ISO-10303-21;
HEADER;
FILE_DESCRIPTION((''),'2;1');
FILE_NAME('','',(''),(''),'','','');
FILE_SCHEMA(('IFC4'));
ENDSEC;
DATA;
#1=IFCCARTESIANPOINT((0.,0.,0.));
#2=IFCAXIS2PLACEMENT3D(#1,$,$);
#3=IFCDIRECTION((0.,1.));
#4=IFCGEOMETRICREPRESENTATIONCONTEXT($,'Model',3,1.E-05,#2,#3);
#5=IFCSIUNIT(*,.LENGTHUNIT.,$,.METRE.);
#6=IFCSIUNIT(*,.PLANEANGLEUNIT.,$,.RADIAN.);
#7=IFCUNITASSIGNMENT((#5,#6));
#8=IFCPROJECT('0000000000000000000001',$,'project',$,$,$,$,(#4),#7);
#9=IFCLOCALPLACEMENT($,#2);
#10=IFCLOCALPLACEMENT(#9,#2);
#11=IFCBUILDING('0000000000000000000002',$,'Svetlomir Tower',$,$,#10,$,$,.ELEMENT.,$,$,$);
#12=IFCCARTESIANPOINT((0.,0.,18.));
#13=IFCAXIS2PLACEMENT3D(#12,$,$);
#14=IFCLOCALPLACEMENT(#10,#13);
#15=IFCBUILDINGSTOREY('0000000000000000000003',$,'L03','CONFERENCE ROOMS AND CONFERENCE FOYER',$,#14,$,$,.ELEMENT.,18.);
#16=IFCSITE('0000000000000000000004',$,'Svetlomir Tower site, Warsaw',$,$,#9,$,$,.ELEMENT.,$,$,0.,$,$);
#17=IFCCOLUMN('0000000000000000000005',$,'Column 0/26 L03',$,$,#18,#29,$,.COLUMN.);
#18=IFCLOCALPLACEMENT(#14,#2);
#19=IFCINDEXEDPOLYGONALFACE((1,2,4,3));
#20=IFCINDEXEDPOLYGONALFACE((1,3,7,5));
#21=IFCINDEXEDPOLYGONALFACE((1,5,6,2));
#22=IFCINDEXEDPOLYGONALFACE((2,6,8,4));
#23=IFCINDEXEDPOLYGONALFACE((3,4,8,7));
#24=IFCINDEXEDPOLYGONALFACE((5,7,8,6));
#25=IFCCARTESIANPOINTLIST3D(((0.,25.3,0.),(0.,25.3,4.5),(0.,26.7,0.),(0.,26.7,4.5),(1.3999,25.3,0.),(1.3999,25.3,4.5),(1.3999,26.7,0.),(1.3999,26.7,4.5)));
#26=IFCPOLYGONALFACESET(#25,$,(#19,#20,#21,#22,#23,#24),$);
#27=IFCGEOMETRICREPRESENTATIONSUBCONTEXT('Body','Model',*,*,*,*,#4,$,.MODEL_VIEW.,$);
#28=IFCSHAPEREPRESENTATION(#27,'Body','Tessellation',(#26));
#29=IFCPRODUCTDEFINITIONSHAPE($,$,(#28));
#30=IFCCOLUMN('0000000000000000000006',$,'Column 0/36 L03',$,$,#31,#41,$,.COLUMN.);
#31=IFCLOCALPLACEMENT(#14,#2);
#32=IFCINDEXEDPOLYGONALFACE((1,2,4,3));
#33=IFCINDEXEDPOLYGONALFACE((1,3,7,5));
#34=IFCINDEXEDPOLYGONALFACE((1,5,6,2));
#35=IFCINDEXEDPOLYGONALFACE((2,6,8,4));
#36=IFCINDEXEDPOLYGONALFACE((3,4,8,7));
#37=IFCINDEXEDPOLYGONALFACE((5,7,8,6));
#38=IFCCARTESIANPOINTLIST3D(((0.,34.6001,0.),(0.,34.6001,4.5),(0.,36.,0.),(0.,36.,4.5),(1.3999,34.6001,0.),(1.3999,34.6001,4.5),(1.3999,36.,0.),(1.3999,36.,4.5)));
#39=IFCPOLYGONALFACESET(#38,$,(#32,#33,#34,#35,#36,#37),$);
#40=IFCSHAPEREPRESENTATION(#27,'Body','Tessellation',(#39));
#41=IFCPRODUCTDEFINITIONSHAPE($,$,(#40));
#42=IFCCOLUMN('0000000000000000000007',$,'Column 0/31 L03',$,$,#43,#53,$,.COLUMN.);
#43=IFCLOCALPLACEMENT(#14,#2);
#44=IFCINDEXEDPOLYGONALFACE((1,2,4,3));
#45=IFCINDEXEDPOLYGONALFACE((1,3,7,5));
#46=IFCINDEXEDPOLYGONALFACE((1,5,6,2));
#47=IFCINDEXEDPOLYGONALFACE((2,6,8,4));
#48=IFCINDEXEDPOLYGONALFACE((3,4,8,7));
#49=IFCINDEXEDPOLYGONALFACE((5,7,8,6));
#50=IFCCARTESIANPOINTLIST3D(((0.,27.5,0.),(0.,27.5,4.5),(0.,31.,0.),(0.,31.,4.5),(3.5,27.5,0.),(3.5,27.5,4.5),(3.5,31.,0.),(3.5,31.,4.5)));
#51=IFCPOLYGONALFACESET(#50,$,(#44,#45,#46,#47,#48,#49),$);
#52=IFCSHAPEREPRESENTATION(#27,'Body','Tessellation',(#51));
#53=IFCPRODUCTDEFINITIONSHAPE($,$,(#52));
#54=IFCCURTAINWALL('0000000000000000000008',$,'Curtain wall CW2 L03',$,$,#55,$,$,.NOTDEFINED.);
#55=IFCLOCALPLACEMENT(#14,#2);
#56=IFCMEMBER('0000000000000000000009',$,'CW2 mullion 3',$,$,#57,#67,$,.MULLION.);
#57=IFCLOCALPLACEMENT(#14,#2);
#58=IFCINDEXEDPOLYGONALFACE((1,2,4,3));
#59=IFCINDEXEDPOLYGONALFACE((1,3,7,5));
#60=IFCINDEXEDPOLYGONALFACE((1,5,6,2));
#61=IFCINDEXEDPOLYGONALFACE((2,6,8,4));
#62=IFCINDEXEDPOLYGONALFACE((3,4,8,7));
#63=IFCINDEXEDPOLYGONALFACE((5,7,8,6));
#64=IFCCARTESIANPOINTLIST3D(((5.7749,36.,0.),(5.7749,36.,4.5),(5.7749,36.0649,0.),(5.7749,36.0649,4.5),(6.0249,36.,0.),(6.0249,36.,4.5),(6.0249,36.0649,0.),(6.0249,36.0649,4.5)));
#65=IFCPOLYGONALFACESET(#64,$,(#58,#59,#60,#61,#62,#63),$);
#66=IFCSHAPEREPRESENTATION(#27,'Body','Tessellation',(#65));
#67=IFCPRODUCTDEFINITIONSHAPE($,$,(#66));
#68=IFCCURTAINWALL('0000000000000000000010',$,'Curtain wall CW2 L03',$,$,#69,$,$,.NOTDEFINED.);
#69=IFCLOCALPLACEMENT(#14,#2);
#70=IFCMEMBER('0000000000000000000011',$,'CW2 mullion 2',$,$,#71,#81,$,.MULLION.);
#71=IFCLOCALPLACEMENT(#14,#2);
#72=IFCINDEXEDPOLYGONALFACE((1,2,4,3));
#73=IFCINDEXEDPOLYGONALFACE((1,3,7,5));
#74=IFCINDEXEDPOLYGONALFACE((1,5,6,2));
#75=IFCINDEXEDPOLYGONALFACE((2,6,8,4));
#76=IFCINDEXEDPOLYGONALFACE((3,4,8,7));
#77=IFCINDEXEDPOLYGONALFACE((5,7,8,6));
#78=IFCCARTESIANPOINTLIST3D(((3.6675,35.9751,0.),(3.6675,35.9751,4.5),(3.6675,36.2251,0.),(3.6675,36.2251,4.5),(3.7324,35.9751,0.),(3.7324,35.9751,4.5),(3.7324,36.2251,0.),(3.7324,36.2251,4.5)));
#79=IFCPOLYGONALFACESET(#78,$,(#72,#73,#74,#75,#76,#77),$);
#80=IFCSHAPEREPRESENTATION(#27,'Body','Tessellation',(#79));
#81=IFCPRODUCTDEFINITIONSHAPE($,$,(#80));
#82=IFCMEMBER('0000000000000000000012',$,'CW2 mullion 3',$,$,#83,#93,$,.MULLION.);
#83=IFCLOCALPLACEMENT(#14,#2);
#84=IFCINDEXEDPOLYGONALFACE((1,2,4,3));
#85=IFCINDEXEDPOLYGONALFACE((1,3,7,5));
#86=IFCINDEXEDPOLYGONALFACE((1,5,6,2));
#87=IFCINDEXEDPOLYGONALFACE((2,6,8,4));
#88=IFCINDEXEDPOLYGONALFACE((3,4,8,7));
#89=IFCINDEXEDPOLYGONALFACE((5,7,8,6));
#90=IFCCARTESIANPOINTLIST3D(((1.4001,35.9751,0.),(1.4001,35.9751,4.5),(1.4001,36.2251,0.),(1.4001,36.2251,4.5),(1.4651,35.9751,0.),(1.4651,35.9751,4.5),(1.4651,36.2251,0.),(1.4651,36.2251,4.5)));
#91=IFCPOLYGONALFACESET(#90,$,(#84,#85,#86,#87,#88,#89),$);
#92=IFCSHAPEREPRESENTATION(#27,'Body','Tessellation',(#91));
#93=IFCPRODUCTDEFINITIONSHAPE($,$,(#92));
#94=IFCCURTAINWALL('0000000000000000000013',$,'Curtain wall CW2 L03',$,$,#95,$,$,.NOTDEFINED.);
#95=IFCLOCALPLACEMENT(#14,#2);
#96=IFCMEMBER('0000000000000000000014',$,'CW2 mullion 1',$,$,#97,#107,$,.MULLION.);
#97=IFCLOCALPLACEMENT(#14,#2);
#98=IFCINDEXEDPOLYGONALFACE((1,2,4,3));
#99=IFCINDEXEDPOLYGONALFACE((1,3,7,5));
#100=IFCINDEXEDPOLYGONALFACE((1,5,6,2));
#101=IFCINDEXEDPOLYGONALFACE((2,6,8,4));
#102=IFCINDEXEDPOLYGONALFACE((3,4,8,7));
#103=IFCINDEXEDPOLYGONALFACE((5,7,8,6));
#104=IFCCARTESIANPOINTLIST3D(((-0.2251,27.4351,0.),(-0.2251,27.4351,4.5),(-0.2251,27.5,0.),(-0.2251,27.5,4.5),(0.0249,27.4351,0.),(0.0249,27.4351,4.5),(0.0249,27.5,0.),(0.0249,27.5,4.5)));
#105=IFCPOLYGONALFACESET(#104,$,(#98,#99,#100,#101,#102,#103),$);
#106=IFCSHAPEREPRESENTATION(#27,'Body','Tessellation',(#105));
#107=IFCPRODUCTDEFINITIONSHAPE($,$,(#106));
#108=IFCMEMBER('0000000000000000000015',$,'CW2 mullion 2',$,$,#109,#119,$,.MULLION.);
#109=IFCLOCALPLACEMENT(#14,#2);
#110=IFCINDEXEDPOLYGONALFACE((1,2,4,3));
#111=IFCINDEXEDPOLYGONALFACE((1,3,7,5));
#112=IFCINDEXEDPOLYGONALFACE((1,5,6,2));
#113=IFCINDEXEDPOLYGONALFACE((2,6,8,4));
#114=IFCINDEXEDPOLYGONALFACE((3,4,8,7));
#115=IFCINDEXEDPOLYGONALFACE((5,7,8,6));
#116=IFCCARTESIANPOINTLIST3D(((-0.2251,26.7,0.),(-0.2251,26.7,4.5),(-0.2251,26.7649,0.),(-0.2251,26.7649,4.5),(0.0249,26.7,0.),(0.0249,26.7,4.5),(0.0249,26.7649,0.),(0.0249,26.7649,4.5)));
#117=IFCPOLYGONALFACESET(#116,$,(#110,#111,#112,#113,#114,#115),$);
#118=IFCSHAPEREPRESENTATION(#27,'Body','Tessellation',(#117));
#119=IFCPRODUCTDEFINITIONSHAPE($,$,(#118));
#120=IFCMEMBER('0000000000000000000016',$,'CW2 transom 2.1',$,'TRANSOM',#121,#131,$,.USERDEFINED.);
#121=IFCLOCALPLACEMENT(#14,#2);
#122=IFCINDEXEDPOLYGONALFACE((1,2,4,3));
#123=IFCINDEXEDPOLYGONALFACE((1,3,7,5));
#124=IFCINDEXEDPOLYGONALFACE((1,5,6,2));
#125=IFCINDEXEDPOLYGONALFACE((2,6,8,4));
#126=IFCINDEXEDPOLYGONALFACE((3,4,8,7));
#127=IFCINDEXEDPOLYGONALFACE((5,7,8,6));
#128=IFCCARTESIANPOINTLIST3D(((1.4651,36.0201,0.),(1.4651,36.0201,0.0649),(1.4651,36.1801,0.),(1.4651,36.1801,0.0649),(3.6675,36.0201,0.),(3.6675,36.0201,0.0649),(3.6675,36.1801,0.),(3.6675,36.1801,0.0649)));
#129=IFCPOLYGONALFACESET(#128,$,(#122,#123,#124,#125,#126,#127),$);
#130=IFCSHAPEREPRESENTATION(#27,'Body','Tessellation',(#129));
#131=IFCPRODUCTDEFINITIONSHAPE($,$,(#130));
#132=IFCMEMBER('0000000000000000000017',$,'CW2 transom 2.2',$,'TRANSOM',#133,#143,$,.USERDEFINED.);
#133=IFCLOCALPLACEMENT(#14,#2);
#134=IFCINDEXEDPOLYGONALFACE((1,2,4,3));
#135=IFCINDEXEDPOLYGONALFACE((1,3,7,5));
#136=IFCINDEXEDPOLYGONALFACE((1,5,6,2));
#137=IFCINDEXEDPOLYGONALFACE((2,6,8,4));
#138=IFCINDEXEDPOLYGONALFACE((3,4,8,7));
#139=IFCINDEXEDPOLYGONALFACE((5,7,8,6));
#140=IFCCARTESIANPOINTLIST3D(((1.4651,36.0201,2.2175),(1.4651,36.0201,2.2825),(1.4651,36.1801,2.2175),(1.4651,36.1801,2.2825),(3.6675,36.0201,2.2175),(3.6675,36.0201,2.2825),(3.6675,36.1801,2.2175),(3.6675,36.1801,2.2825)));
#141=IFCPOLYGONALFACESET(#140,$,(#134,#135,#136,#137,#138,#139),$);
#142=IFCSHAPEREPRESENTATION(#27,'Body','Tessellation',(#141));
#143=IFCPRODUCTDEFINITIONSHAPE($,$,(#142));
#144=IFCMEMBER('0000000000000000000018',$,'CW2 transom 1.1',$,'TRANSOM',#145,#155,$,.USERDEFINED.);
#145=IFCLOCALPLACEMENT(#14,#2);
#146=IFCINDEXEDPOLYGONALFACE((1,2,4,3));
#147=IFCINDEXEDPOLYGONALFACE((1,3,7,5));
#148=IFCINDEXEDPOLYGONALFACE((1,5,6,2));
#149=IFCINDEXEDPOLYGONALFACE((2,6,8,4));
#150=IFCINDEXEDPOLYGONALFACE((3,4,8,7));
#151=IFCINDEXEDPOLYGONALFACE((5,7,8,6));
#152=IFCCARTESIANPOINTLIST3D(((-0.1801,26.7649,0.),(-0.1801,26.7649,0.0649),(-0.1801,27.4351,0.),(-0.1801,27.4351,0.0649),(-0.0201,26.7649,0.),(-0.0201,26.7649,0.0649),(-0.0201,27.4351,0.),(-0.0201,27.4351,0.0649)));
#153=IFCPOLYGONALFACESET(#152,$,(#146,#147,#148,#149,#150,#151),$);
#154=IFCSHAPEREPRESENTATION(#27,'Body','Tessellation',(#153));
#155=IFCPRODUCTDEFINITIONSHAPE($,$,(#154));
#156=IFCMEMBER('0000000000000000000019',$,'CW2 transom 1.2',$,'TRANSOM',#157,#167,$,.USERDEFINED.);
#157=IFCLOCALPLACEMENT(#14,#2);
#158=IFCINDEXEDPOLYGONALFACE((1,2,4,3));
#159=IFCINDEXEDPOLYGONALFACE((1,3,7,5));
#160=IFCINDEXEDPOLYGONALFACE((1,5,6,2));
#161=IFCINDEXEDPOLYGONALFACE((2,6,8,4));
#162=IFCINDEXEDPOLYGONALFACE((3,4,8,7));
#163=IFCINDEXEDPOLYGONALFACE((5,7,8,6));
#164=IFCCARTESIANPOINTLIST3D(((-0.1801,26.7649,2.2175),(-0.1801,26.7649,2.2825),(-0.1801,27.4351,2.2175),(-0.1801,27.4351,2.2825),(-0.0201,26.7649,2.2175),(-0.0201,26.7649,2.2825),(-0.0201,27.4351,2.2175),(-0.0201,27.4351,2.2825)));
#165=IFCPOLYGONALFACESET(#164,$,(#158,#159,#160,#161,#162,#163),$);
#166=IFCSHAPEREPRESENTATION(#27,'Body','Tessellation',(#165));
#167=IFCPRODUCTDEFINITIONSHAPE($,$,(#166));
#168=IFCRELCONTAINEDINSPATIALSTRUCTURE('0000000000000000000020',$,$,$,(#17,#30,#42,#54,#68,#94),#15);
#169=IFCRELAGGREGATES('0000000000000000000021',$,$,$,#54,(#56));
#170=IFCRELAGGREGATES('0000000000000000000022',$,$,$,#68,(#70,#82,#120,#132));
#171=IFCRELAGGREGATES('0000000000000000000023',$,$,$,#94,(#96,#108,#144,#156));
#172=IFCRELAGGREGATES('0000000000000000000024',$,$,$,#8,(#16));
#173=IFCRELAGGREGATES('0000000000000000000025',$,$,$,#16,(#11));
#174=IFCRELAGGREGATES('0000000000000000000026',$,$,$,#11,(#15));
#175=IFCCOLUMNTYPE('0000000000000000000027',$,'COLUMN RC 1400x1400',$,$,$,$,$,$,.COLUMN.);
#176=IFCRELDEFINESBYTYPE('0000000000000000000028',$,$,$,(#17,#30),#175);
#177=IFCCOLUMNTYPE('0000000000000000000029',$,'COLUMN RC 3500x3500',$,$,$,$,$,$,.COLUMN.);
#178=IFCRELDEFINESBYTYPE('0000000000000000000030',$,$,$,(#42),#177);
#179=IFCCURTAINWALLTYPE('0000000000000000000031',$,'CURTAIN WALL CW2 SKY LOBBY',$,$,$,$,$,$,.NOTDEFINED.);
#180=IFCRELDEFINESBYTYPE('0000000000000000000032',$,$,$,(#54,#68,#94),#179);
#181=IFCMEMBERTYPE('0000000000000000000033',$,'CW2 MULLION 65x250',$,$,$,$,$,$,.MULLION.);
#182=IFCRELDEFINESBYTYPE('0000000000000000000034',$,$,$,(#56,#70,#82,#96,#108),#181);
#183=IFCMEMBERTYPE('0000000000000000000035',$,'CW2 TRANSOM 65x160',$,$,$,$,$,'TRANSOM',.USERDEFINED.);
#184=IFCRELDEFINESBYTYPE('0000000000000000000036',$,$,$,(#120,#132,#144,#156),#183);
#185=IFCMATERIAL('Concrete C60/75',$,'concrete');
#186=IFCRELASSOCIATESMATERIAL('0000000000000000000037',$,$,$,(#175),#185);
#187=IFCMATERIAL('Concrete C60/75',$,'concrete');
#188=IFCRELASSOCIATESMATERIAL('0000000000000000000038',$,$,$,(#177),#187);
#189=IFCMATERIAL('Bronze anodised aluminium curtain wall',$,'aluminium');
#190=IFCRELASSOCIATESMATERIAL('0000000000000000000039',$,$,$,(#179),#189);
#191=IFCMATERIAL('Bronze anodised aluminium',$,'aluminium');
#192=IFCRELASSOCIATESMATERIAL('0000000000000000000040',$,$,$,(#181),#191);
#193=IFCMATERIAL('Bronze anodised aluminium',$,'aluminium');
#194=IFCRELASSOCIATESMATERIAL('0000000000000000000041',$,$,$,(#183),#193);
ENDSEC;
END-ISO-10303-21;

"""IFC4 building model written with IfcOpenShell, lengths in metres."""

from ifc_helpers import new_model, si_unit, direction, frame, origin, origin_2d, place, context, subcontext, project, spatial, rectangle, extrude, material, material_profile, profile_set, type_object, element, aggregate, save


model = new_model("IFC4")

# Units and contexts
model_context = context("Model", 3, precision=1e-05, world=origin(), true_north=direction((0.0, 1.0)))
body_context = subcontext(model_context, "Body", "Model", "MODEL_VIEW")
ifc_project = project(units=[si_unit("LENGTHUNIT", "METRE"), si_unit("PLANEANGLEUNIT", "RADIAN")], contexts=[model_context])

# Site, building, storey
site_placement = place(None, origin())
site = spatial("IfcSite", under=ifc_project, at=site_placement, Name="Svetlomir Tower site, Warsaw", CompositionType="ELEMENT", RefElevation=0.0)
building_placement = place(site_placement, origin())
building = spatial("IfcBuilding", under=site, at=building_placement, Name="Svetlomir Tower", CompositionType="ELEMENT")
storey_placement = place(building_placement, frame((0.0, 0.0, 18.0)))
storey = spatial("IfcBuildingStorey", under=building, at=storey_placement, Name="L03", Description="CONFERENCE ROOMS AND CONFERENCE FOYER", CompositionType="ELEMENT", Elevation=18.0)

# Columns
ifc_material_1 = material(Name="Concrete C60/75", Category="concrete")
ifc_material_profile_1 = material_profile(ifc_material_1, rectangle(XDim=1.3999, YDim=1.3999, at=origin_2d()), Name="RC 1400x1400")
ifc_profile_set_1 = profile_set([ifc_material_profile_1], Name="Concrete C60/75")
column_type_1 = type_object("IfcColumnType", Name="COLUMN RC 1400x1400", PredefinedType="COLUMN", material=ifc_profile_set_1)
for number, where, z_axis, x_axis, name in (
    (1, (0.7, 26.0, 0.0), (0.0, 0.0, 1.0), (1.0, 0.0, 0.0), "Column 0/26 L03"),
    (2, (0.7, 35.3, 0.0), (0.0, 0.0, 1.0), (1.0, 0.0, 0.0), "Column 0/36 L03"),
):
    element("IfcColumn", number, at=place(storey_placement, frame(where, z_axis=z_axis, x_axis=x_axis)), inside=storey, type_object=column_type_1, Name=name, PredefinedType="COLUMN", context=body_context, shape_type="SweptSolid", body=[
        extrude(rectangle(XDim=1.3999, YDim=1.3999, at=origin_2d()), origin(), (0.0, 0.0, 1.0), 4.5),
    ])
ifc_material_2 = material(Name="Concrete C60/75", Category="concrete")
ifc_material_profile_2 = material_profile(ifc_material_2, rectangle(XDim=3.5, YDim=3.5, at=origin_2d()), Name="RC 3500x3500")
ifc_profile_set_2 = profile_set([ifc_material_profile_2], Name="Concrete C60/75")
column_type_2 = type_object("IfcColumnType", Name="COLUMN RC 3500x3500", PredefinedType="COLUMN", material=ifc_profile_set_2)
column_placement = place(storey_placement, frame((1.75, 29.25, 0.0), z_axis=(0.0, 0.0, 1.0), x_axis=(1.0, 0.0, 0.0)))
element("IfcColumn", 3, at=column_placement, inside=storey, type_object=column_type_2, Name="Column 0/31 L03", PredefinedType="COLUMN", context=body_context, shape_type="SweptSolid", body=[
    extrude(rectangle(XDim=3.5, YDim=3.5, at=origin_2d()), origin(), (0.0, 0.0, 1.0), 4.5),
])

# Curtain wall, member
ifc_material_3 = material(Name="Bronze anodised aluminium curtain wall", Category="aluminium")
curtain_wall_type = type_object("IfcCurtainWallType", Name="CURTAIN WALL CW2 SKY LOBBY", PredefinedType="NOTDEFINED", material=ifc_material_3)
curtain_wall_1_placement = place(storey_placement, origin())
curtain_wall_1 = element("IfcCurtainWall", 4, at=curtain_wall_1_placement, inside=storey, type_object=curtain_wall_type, Name="Curtain wall CW2 L03", PredefinedType="NOTDEFINED")
ifc_material_4 = material(Name="Bronze anodised aluminium", Category="aluminium")
ifc_material_profile_3 = material_profile(ifc_material_4, rectangle(XDim=0.0649, YDim=0.25, at=origin_2d()), Name="AL 65x250")
ifc_profile_set_3 = profile_set([ifc_material_profile_3], Name="Bronze anodised aluminium 6063-T6")
member_type_1 = type_object("IfcMemberType", Name="CW2 MULLION 65x250", PredefinedType="MULLION", material=ifc_profile_set_3)
member_1_placement = place(storey_placement, frame((5.8999, 36.0325, 0.0), z_axis=(0.0, 0.0, 1.0), x_axis=(0.0, -1.0, 0.0)))
member_1 = element("IfcMember", 5, at=member_1_placement, type_object=member_type_1, Name="CW2 mullion 3", PredefinedType="MULLION", context=body_context, shape_type="SweptSolid", body=[
    extrude(rectangle(XDim=0.0649, YDim=0.25, at=origin_2d()), origin(), (0.0, 0.0, 1.0), 4.5),
])

# Curtain walls, members
curtain_wall_2_placement = place(storey_placement, origin())
curtain_wall_2 = element("IfcCurtainWall", 6, at=curtain_wall_2_placement, inside=storey, type_object=curtain_wall_type, Name="Curtain wall CW2 L03", PredefinedType="NOTDEFINED")
member_2_placement = place(storey_placement, frame((3.7, 36.1001, 0.0), z_axis=(0.0, 0.0, 1.0), x_axis=(-1.0, 0.0, 0.0)))
member_2 = element("IfcMember", 7, at=member_2_placement, type_object=member_type_1, Name="CW2 mullion 2", PredefinedType="MULLION", context=body_context, shape_type="SweptSolid", body=[
    extrude(rectangle(XDim=0.0649, YDim=0.25, at=origin_2d()), origin(), (0.0, 0.0, 1.0), 4.5),
])
member_3_placement = place(storey_placement, frame((1.4326, 36.1001, 0.0), z_axis=(0.0, 0.0, 1.0), x_axis=(-1.0, 0.0, 0.0)))
member_3 = element("IfcMember", 8, at=member_3_placement, type_object=member_type_1, Name="CW2 mullion 3", PredefinedType="MULLION", context=body_context, shape_type="SweptSolid", body=[
    extrude(rectangle(XDim=0.0649, YDim=0.25, at=origin_2d()), origin(), (0.0, 0.0, 1.0), 4.5),
])
curtain_wall_3_placement = place(storey_placement, origin())
curtain_wall_3 = element("IfcCurtainWall", 9, at=curtain_wall_3_placement, inside=storey, type_object=curtain_wall_type, Name="Curtain wall CW2 L03", PredefinedType="NOTDEFINED")
member_4_placement = place(storey_placement, frame((-0.1001, 27.4675, 0.0), z_axis=(0.0, 0.0, 1.0), x_axis=(0.0, -1.0, 0.0)))
member_4 = element("IfcMember", 10, at=member_4_placement, type_object=member_type_1, Name="CW2 mullion 1", PredefinedType="MULLION", context=body_context, shape_type="SweptSolid", body=[
    extrude(rectangle(XDim=0.0649, YDim=0.25, at=origin_2d()), origin(), (0.0, 0.0, 1.0), 4.5),
])
member_5_placement = place(storey_placement, frame((-0.1001, 26.7324, 0.0), z_axis=(0.0, 0.0, 1.0), x_axis=(0.0, -1.0, 0.0)))
member_5 = element("IfcMember", 11, at=member_5_placement, type_object=member_type_1, Name="CW2 mullion 2", PredefinedType="MULLION", context=body_context, shape_type="SweptSolid", body=[
    extrude(rectangle(XDim=0.0649, YDim=0.25, at=origin_2d()), origin(), (0.0, 0.0, 1.0), 4.5),
])

# Members
ifc_material_5 = material(Name="Bronze anodised aluminium", Category="aluminium")
ifc_material_profile_4 = material_profile(ifc_material_5, rectangle(XDim=0.1599, YDim=0.0649, at=origin_2d()), Name="AL 160x65")
ifc_profile_set_4 = profile_set([ifc_material_profile_4], Name="Bronze anodised aluminium 6063-T6")
member_type_2 = type_object("IfcMemberType", Name="CW2 TRANSOM 65x160", ElementType="TRANSOM", PredefinedType="USERDEFINED", material=ifc_profile_set_4)
member_6_placement = place(storey_placement, frame((3.6675, 36.1001, 0.0325), z_axis=(-1.0, 0.0, 0.0), x_axis=(0.0, -1.0, 0.0)))
member_6 = element("IfcMember", 12, at=member_6_placement, type_object=member_type_2, Name="CW2 transom 2.1", ObjectType="TRANSOM", PredefinedType="USERDEFINED", context=body_context, shape_type="SweptSolid", body=[
    extrude(rectangle(XDim=0.1599, YDim=0.0649, at=origin_2d()), origin(), (0.0, 0.0, 1.0), 2.2024),
])
member_7_placement = place(storey_placement, frame((3.6675, 36.1001, 2.25), z_axis=(-1.0, 0.0, 0.0), x_axis=(0.0, -1.0, 0.0)))
member_7 = element("IfcMember", 13, at=member_7_placement, type_object=member_type_2, Name="CW2 transom 2.2", ObjectType="TRANSOM", PredefinedType="USERDEFINED", context=body_context, shape_type="SweptSolid", body=[
    extrude(rectangle(XDim=0.1599, YDim=0.0649, at=origin_2d()), origin(), (0.0, 0.0, 1.0), 2.2024),
])
member_8_placement = place(storey_placement, frame((-0.1001, 27.4351, 0.0325), z_axis=(0.0, -1.0, 0.0), x_axis=(1.0, 0.0, 0.0)))
member_8 = element("IfcMember", 14, at=member_8_placement, type_object=member_type_2, Name="CW2 transom 1.1", ObjectType="TRANSOM", PredefinedType="USERDEFINED", context=body_context, shape_type="SweptSolid", body=[
    extrude(rectangle(XDim=0.1599, YDim=0.0649, at=origin_2d()), origin(), (0.0, 0.0, 1.0), 0.6702),
])
member_9_placement = place(storey_placement, frame((-0.1001, 27.4351, 2.25), z_axis=(0.0, -1.0, 0.0), x_axis=(1.0, 0.0, 0.0)))
member_9 = element("IfcMember", 15, at=member_9_placement, type_object=member_type_2, Name="CW2 transom 1.2", ObjectType="TRANSOM", PredefinedType="USERDEFINED", context=body_context, shape_type="SweptSolid", body=[
    extrude(rectangle(XDim=0.1599, YDim=0.0649, at=origin_2d()), origin(), (0.0, 0.0, 1.0), 0.6702),
])

aggregate(curtain_wall_1, [member_1])
aggregate(curtain_wall_2, [member_2, member_3, member_6, member_7])
aggregate(curtain_wall_3, [member_4, member_5, member_8, member_9])

save(model, "model.ifc")
